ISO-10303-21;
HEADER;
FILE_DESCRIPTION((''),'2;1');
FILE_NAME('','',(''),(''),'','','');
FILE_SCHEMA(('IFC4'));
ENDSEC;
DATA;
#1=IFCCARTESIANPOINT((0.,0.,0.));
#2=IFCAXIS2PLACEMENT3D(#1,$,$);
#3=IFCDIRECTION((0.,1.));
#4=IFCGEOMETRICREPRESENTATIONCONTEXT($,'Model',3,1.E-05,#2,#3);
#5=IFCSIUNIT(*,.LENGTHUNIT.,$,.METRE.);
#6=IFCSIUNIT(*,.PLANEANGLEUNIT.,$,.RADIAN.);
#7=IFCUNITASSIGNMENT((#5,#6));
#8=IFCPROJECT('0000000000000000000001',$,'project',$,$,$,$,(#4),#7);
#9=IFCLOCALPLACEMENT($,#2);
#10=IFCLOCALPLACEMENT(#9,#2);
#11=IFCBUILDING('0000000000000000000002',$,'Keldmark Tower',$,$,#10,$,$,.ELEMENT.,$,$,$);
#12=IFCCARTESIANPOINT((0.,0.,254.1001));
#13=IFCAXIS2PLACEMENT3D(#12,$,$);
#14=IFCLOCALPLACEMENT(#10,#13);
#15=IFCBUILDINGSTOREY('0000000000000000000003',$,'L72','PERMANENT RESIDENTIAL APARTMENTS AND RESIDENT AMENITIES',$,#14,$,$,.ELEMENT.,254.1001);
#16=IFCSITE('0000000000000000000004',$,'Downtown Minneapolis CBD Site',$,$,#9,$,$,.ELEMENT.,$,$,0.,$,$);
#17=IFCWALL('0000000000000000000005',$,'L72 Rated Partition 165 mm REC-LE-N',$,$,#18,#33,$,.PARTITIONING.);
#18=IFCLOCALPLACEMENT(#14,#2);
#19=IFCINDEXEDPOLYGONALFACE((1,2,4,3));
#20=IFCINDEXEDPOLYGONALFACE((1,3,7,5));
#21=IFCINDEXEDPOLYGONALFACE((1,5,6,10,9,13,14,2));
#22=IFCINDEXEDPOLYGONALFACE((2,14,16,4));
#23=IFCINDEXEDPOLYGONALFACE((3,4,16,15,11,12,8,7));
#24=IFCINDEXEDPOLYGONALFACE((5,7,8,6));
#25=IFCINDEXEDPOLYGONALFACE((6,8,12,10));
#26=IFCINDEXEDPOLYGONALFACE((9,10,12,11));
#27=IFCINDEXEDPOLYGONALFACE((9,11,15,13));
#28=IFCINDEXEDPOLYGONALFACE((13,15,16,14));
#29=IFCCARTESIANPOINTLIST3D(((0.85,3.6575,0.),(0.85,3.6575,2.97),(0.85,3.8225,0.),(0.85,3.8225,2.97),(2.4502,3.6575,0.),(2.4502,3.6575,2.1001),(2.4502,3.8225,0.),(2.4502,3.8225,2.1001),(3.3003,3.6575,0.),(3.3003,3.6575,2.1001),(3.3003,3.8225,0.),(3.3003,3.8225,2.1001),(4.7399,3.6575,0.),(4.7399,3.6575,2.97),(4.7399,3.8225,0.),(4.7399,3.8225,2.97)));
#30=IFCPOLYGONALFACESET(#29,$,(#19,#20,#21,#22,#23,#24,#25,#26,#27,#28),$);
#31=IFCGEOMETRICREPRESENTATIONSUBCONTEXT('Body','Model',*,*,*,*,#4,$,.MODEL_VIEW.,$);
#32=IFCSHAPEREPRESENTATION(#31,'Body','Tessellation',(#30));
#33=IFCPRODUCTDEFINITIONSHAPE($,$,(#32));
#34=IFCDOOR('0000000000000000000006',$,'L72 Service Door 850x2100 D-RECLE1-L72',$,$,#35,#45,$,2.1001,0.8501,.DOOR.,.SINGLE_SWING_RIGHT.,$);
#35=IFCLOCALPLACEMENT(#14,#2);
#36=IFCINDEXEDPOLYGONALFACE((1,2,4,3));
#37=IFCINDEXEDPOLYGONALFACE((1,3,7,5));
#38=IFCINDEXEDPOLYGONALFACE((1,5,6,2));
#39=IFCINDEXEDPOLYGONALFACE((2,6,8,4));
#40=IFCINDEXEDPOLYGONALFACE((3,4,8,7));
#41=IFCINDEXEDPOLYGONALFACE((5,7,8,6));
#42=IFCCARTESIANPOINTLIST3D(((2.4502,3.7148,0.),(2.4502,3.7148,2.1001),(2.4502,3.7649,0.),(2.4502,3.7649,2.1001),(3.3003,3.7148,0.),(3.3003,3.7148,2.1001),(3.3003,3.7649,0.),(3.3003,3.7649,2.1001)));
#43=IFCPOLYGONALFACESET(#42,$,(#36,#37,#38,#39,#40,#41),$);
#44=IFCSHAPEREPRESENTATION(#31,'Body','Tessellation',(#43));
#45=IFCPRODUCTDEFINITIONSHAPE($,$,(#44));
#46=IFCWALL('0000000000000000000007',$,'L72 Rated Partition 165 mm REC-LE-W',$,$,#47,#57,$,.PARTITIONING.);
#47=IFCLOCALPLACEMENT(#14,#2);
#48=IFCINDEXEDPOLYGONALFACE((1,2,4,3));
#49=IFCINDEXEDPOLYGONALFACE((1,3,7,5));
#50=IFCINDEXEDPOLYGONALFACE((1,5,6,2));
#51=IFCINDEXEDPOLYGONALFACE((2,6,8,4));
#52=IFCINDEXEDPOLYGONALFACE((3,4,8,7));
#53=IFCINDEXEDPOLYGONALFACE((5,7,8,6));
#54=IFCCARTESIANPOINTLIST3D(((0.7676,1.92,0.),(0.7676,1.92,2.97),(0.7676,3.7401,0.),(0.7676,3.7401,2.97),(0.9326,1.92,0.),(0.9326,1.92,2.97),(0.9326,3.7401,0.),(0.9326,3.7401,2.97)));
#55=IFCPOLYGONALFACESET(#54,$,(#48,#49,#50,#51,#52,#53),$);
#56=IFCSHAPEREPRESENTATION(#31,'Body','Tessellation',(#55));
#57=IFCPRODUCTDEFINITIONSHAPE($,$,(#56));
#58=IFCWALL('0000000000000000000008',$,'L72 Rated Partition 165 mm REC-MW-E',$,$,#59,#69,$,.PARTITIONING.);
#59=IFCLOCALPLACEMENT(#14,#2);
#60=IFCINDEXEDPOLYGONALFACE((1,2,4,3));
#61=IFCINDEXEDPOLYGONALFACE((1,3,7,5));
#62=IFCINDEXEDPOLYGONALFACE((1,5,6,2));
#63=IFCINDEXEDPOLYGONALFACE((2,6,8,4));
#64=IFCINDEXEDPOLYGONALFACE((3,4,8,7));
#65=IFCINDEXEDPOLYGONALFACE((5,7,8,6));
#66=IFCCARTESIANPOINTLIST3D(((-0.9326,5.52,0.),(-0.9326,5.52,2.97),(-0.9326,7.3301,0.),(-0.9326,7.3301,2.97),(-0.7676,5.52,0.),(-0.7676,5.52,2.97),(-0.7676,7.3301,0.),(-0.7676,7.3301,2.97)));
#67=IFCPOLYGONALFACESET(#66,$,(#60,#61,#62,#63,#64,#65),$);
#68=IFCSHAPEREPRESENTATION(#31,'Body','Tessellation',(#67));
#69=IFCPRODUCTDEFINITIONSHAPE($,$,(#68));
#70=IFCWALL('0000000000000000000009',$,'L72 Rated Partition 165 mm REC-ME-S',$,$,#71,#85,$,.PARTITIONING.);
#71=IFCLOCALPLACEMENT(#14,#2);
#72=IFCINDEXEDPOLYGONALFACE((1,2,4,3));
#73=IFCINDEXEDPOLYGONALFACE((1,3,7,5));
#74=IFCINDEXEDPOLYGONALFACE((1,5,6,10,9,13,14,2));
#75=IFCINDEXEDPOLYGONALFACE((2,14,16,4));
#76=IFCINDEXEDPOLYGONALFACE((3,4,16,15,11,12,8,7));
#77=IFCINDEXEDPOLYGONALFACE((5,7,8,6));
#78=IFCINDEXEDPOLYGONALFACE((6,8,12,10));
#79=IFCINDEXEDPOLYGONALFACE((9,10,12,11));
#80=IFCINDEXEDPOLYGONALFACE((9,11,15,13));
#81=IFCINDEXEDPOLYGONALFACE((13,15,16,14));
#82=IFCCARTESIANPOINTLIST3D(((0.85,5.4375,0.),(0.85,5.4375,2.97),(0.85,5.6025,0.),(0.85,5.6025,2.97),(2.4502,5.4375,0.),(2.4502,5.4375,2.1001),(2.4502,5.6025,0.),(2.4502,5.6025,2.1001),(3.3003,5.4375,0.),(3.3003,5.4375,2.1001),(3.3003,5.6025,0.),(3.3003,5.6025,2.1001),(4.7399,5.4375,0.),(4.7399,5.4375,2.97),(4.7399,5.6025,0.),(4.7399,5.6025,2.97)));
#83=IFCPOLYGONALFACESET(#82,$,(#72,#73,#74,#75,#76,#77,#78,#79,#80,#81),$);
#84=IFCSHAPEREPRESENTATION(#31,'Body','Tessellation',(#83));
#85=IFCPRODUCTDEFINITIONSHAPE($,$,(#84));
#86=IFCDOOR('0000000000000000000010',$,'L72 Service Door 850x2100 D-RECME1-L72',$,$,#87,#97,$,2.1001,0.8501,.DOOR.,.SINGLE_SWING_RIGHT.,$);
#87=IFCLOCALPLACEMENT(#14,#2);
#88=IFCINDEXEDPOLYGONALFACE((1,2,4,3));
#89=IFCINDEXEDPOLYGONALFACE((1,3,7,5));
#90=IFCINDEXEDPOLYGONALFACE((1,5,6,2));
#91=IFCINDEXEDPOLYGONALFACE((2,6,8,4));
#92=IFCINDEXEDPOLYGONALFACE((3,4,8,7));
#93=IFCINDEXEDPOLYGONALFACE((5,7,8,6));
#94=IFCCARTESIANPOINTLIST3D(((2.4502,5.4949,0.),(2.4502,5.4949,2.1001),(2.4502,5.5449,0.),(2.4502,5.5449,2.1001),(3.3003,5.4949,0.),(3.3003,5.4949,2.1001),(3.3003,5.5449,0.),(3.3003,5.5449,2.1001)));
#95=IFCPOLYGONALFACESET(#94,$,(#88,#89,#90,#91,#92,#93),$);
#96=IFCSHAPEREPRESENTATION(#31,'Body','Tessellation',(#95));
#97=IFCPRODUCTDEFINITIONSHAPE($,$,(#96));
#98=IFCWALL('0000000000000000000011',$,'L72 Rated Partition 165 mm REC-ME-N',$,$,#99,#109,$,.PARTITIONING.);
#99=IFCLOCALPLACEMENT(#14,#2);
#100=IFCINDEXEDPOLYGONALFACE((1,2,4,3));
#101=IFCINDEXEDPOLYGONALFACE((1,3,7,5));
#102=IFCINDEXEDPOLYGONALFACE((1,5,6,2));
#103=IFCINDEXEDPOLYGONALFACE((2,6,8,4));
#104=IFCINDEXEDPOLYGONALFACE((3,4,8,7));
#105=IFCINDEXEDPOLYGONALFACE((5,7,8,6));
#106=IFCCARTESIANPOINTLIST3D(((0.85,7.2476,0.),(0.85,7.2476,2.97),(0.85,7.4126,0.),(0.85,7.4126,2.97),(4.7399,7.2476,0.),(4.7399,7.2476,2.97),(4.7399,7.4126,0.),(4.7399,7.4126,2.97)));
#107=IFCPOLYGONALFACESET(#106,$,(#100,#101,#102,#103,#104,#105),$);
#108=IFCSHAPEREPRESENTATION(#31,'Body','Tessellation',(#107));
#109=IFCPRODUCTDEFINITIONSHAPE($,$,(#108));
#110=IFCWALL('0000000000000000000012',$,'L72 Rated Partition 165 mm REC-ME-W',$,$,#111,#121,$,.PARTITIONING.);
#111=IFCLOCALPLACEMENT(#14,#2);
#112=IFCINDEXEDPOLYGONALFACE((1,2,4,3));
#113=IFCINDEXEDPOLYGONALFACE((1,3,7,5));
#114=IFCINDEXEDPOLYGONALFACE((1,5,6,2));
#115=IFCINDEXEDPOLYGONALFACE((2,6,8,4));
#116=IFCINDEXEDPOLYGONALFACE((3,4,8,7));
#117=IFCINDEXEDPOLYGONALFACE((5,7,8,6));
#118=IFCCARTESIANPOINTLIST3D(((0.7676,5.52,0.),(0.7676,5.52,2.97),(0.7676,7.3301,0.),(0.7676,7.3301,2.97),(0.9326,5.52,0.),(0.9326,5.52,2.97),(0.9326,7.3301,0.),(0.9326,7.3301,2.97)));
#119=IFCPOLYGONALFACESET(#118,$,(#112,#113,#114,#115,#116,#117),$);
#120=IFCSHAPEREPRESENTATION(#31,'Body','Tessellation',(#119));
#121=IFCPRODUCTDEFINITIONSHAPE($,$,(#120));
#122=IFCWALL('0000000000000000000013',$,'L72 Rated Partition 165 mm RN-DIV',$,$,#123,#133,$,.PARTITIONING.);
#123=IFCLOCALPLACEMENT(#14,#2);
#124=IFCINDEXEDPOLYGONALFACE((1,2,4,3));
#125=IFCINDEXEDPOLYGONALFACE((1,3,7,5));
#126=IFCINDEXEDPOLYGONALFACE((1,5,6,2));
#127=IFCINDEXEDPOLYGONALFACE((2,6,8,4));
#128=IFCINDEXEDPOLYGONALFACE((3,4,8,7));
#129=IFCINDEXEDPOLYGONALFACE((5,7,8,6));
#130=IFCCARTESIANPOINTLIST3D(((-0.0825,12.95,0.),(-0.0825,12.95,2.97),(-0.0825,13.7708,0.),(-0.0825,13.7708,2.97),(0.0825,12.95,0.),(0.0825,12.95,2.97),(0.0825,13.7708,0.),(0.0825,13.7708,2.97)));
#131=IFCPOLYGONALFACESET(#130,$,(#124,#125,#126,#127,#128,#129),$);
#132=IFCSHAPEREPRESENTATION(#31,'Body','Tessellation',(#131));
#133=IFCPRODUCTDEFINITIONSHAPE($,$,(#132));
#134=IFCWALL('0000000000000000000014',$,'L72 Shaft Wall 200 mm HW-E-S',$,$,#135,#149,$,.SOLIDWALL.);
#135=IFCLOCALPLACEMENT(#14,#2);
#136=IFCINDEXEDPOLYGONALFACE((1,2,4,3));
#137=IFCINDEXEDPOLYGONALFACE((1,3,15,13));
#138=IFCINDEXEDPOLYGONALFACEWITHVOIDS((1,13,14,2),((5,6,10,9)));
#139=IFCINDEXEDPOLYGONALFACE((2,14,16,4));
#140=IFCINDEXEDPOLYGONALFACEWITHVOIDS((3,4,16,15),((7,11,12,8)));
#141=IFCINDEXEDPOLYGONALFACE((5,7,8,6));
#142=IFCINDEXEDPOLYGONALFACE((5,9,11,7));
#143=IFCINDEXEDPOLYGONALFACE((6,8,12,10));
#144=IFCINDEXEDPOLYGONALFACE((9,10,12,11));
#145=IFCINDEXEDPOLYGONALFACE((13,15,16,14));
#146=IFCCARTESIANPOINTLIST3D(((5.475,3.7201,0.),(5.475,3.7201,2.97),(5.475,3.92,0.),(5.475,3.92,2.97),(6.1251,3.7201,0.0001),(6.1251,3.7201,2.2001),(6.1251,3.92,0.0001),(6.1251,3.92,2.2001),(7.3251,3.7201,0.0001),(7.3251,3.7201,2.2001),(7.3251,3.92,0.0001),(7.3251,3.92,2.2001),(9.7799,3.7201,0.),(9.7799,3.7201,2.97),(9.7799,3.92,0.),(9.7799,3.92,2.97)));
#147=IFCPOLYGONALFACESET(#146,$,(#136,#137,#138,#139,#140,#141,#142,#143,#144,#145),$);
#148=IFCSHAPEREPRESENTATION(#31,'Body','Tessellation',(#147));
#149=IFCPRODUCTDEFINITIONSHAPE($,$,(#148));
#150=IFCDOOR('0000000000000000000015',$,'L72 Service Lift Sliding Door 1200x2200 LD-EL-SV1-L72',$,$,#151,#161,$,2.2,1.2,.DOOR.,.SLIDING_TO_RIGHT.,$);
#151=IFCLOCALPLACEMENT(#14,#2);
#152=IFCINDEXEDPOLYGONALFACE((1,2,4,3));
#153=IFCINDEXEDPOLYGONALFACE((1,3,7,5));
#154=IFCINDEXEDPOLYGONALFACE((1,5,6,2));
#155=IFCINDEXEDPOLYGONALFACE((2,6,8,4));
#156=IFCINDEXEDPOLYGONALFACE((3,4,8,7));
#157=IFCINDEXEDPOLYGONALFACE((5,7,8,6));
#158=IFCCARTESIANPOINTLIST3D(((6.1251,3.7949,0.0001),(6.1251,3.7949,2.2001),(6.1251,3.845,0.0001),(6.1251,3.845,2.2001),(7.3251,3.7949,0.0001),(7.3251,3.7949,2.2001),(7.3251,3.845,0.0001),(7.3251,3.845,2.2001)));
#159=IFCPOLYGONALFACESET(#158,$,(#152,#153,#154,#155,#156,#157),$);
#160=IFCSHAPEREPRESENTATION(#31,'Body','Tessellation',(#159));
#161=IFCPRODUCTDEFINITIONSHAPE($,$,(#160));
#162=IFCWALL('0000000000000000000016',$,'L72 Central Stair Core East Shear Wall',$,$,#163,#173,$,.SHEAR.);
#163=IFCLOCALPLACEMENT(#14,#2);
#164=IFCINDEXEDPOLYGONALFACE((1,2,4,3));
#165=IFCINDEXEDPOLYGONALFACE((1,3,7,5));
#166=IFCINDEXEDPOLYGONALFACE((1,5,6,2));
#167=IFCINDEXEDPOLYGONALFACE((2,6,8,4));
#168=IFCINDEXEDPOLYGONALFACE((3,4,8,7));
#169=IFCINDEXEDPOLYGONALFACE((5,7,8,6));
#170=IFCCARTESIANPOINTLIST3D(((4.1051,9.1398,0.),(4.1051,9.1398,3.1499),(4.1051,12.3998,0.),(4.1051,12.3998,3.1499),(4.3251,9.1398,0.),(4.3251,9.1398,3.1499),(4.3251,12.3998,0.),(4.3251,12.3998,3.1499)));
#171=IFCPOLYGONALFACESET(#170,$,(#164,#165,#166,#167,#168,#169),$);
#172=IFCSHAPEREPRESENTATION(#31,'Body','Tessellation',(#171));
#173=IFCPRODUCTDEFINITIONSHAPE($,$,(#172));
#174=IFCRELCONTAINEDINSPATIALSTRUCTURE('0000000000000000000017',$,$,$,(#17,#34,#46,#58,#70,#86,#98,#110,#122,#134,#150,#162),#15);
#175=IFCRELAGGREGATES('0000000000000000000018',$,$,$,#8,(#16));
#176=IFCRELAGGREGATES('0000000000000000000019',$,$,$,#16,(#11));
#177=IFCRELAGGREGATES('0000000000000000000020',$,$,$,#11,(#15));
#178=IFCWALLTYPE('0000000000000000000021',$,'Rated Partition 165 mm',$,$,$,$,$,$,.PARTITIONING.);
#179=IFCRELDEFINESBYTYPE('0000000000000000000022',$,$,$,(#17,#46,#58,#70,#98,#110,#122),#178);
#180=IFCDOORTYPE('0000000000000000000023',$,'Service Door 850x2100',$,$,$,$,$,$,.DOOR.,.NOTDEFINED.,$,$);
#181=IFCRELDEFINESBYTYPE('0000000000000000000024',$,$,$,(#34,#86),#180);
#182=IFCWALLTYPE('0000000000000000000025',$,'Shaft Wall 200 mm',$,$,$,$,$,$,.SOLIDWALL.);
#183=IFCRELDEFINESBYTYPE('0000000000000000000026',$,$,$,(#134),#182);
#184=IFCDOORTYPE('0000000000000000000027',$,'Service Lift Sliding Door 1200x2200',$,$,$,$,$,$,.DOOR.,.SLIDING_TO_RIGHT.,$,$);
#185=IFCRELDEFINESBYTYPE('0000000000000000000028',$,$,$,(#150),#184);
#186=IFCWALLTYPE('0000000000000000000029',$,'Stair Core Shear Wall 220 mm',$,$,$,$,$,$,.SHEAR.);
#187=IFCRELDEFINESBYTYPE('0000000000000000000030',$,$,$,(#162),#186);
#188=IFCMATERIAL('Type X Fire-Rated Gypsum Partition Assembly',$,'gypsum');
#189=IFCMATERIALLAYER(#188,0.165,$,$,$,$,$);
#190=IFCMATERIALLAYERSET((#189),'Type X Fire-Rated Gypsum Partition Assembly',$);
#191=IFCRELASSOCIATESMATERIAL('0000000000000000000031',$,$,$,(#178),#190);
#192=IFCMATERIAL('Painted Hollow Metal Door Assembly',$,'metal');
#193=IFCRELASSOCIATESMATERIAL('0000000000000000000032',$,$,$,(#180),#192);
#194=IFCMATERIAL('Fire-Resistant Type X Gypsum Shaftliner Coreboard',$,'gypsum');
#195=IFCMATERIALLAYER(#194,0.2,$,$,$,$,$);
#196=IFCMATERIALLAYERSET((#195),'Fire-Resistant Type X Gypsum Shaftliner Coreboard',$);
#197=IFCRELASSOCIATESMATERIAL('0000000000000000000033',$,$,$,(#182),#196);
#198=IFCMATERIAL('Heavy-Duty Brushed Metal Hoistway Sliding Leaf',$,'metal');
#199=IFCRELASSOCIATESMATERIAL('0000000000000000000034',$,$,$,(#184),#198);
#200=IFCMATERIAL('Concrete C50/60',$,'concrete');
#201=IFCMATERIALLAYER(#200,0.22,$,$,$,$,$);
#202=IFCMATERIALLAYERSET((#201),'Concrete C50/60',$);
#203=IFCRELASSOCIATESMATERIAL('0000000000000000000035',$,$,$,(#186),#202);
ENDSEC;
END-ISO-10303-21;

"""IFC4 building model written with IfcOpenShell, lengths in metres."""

from ifc_helpers import new_model, si_unit, direction, frame, frame_2d, origin, place, context, subcontext, project, spatial, rectangle, extrude, material, layer, layer_set, type_object, element, fill, save


model = new_model("IFC4")

# Units and contexts
model_context = context("Model", 3, precision=1e-05, world=origin(), true_north=direction((0.0, 1.0)))
body_context = subcontext(model_context, "Body", "Model", "MODEL_VIEW")
ifc_project = project(units=[si_unit("LENGTHUNIT", "METRE"), si_unit("PLANEANGLEUNIT", "RADIAN")], contexts=[model_context])

# Site, building, storey
site_placement = place(None, origin())
site = spatial("IfcSite", under=ifc_project, at=site_placement, Name="Downtown Minneapolis CBD Site", CompositionType="ELEMENT", RefElevation=0.0)
building_placement = place(site_placement, origin())
building = spatial("IfcBuilding", under=site, at=building_placement, Name="Keldmark Tower", CompositionType="ELEMENT")
storey_placement = place(building_placement, frame((0.0, 0.0, 254.1001)))
storey = spatial("IfcBuildingStorey", under=building, at=storey_placement, Name="L72", Description="PERMANENT RESIDENTIAL APARTMENTS AND RESIDENT AMENITIES", CompositionType="ELEMENT", Elevation=254.1001)

# Shared definitions
ifc_material_1 = material(Name="Type X Fire-Rated Gypsum Partition Assembly", Category="gypsum")
ifc_layer_1 = layer(ifc_material_1, 0.165)
ifc_layer_set_1 = layer_set([ifc_layer_1], Name="Type X Fire-Rated Gypsum Partition Assembly")
wall_type_1 = type_object("IfcWallType", Name="Rated Partition 165 mm", PredefinedType="PARTITIONING", material=ifc_layer_set_1)

# Wall, opening, door
wall_1_placement = place(storey_placement, frame((0.8501, 3.74, 0.0), z_axis=(0.0, 0.0, 1.0), x_axis=(1.0, 0.0, 0.0)))
wall_1 = element("IfcWall", 1, at=wall_1_placement, inside=storey, type_object=wall_type_1, Name="L72 Rated Partition 165 mm REC-LE-N", PredefinedType="PARTITIONING", context=body_context, shape_type="SweptSolid", body=[
    extrude(rectangle(XDim=3.8899, YDim=0.165, at=frame_2d((1.9448, 0.0))), origin(), (0.0, 0.0, 1.0), 2.97),
])
opening_1_placement = place(wall_1_placement, frame((1.6001, 0.0, 0.0)))
opening_1 = element("IfcOpeningElement", 2, at=opening_1_placement, cuts=wall_1, PredefinedType="OPENING", context=body_context, shape_type="SweptSolid", body=[
    extrude(rectangle(XDim=0.8501, YDim=2.1001, at=frame_2d((0.425, 1.05))), frame((0.0, 0.0925, 0.0), z_axis=(0.0, -1.0, 0.0), x_axis=(1.0, 0.0, 0.0)), (0.0, 0.0, 1.0), 0.1851),
])
ifc_material_2 = material(Name="Painted Hollow Metal Door Assembly", Category="metal")
door_type_1 = type_object("IfcDoorType", Name="Service Door 850x2100", OperationType="NOTDEFINED", PredefinedType="DOOR", material=ifc_material_2)
door_1_placement = place(opening_1_placement, origin())
door_1 = element("IfcDoor", 3, at=door_1_placement, inside=storey, type_object=door_type_1, Name="L72 Service Door 850x2100 D-RECLE1-L72", OperationType="SINGLE_SWING_RIGHT", OverallHeight=2.1001, OverallWidth=0.8501, PredefinedType="DOOR", context=body_context, shape_type="SweptSolid", body=[
    extrude(rectangle(XDim=0.8501, YDim=2.1001, at=frame_2d((0.425, 1.05))), frame((0.0, 0.0249, 0.0), z_axis=(0.0, -1.0, 0.0), x_axis=(1.0, 0.0, 0.0)), (0.0, 0.0, 1.0), 0.05),
])
fill(opening_1, door_1)

# Walls
wall_2_placement = place(storey_placement, frame((0.8501, 1.9199, 0.0), z_axis=(0.0, 0.0, 1.0), x_axis=(0.0, 1.0, 0.0)))
element("IfcWall", 4, at=wall_2_placement, inside=storey, type_object=wall_type_1, Name="L72 Rated Partition 165 mm REC-LE-W", PredefinedType="PARTITIONING", context=body_context, shape_type="SweptSolid", body=[
    extrude(rectangle(XDim=1.8201, YDim=0.165, at=frame_2d((0.9102, 0.0))), origin(), (0.0, 0.0, 1.0), 2.97),
])
wall_3_placement = place(storey_placement, frame((-0.8501, 5.52, 0.0), z_axis=(0.0, 0.0, 1.0), x_axis=(0.0, 1.0, 0.0)))
element("IfcWall", 5, at=wall_3_placement, inside=storey, type_object=wall_type_1, Name="L72 Rated Partition 165 mm REC-MW-E", PredefinedType="PARTITIONING", context=body_context, shape_type="SweptSolid", body=[
    extrude(rectangle(XDim=1.8101, YDim=0.165, at=frame_2d((0.905, 0.0))), origin(), (0.0, 0.0, 1.0), 2.97),
])

# Wall, opening, door
wall_4_placement = place(storey_placement, frame((0.8501, 5.52, 0.0), z_axis=(0.0, 0.0, 1.0), x_axis=(1.0, 0.0, 0.0)))
wall_4 = element("IfcWall", 6, at=wall_4_placement, inside=storey, type_object=wall_type_1, Name="L72 Rated Partition 165 mm REC-ME-S", PredefinedType="PARTITIONING", context=body_context, shape_type="SweptSolid", body=[
    extrude(rectangle(XDim=3.8899, YDim=0.165, at=frame_2d((1.9448, 0.0))), origin(), (0.0, 0.0, 1.0), 2.97),
])
opening_2_placement = place(wall_4_placement, frame((1.6001, 0.0, 0.0)))
opening_2 = element("IfcOpeningElement", 7, at=opening_2_placement, cuts=wall_4, PredefinedType="OPENING", context=body_context, shape_type="SweptSolid", body=[
    extrude(rectangle(XDim=0.8501, YDim=2.1001, at=frame_2d((0.425, 1.05))), frame((0.0, 0.0925, 0.0), z_axis=(0.0, -1.0, 0.0), x_axis=(1.0, 0.0, 0.0)), (0.0, 0.0, 1.0), 0.1851),
])
door_2_placement = place(opening_2_placement, origin())
door_2 = element("IfcDoor", 8, at=door_2_placement, inside=storey, type_object=door_type_1, Name="L72 Service Door 850x2100 D-RECME1-L72", OperationType="SINGLE_SWING_RIGHT", OverallHeight=2.1001, OverallWidth=0.8501, PredefinedType="DOOR", context=body_context, shape_type="SweptSolid", body=[
    extrude(rectangle(XDim=0.8501, YDim=2.1001, at=frame_2d((0.425, 1.05))), frame((0.0, 0.0249, 0.0), z_axis=(0.0, -1.0, 0.0), x_axis=(1.0, 0.0, 0.0)), (0.0, 0.0, 1.0), 0.05),
])
fill(opening_2, door_2)

# Walls
wall_5_placement = place(storey_placement, frame((0.8501, 7.3301, 0.0), z_axis=(0.0, 0.0, 1.0), x_axis=(1.0, 0.0, 0.0)))
element("IfcWall", 9, at=wall_5_placement, inside=storey, type_object=wall_type_1, Name="L72 Rated Partition 165 mm REC-ME-N", PredefinedType="PARTITIONING", context=body_context, shape_type="SweptSolid", body=[
    extrude(rectangle(XDim=3.8899, YDim=0.165, at=frame_2d((1.9448, 0.0))), origin(), (0.0, 0.0, 1.0), 2.97),
])
wall_6_placement = place(storey_placement, frame((0.8501, 5.52, 0.0), z_axis=(0.0, 0.0, 1.0), x_axis=(0.0, 1.0, 0.0)))
element("IfcWall", 10, at=wall_6_placement, inside=storey, type_object=wall_type_1, Name="L72 Rated Partition 165 mm REC-ME-W", PredefinedType="PARTITIONING", context=body_context, shape_type="SweptSolid", body=[
    extrude(rectangle(XDim=1.8101, YDim=0.165, at=frame_2d((0.905, 0.0))), origin(), (0.0, 0.0, 1.0), 2.97),
])
wall_7_placement = place(storey_placement, frame((0.0, 12.95, 0.0), z_axis=(0.0, 0.0, 1.0), x_axis=(0.0, 1.0, 0.0)))
element("IfcWall", 11, at=wall_7_placement, inside=storey, type_object=wall_type_1, Name="L72 Rated Partition 165 mm RN-DIV", PredefinedType="PARTITIONING", context=body_context, shape_type="SweptSolid", body=[
    extrude(rectangle(XDim=0.8208, YDim=0.165, at=frame_2d((0.4104, 0.0))), origin(), (0.0, 0.0, 1.0), 2.97),
])

# Wall, opening, door
ifc_material_3 = material(Name="Fire-Resistant Type X Gypsum Shaftliner Coreboard", Category="gypsum")
ifc_layer_2 = layer(ifc_material_3, 0.2)
ifc_layer_set_2 = layer_set([ifc_layer_2], Name="Fire-Resistant Type X Gypsum Shaftliner Coreboard")
wall_type_2 = type_object("IfcWallType", Name="Shaft Wall 200 mm", PredefinedType="SOLIDWALL", material=ifc_layer_set_2)
wall_8_placement = place(storey_placement, frame((5.4751, 3.8201, 0.0), z_axis=(0.0, 0.0, 1.0), x_axis=(1.0, 0.0, 0.0)))
wall_8 = element("IfcWall", 12, at=wall_8_placement, inside=storey, type_object=wall_type_2, Name="L72 Shaft Wall 200 mm HW-E-S", PredefinedType="SOLIDWALL", context=body_context, shape_type="SweptSolid", body=[
    extrude(rectangle(XDim=4.3049, YDim=0.2, at=frame_2d((2.1523, 0.0))), origin(), (0.0, 0.0, 1.0), 2.97),
])
opening_3_placement = place(wall_8_placement, frame((0.6499, 0.0, 0.0)))
opening_3 = element("IfcOpeningElement", 13, at=opening_3_placement, cuts=wall_8, PredefinedType="OPENING", context=body_context, shape_type="SweptSolid", body=[
    extrude(rectangle(XDim=1.2, YDim=2.2, at=frame_2d((0.6001, 1.1001))), frame((0.0, 0.1099, 0.0), z_axis=(0.0, -1.0, 0.0), x_axis=(1.0, 0.0, 0.0)), (0.0, 0.0, 1.0), 0.22),
])
ifc_material_4 = material(Name="Heavy-Duty Brushed Metal Hoistway Sliding Leaf", Category="metal")
door_type_2 = type_object("IfcDoorType", Name="Service Lift Sliding Door 1200x2200", OperationType="SLIDING_TO_RIGHT", PredefinedType="DOOR", material=ifc_material_4)
door_3_placement = place(opening_3_placement, origin())
door_3 = element("IfcDoor", 14, at=door_3_placement, inside=storey, type_object=door_type_2, Name="L72 Service Lift Sliding Door 1200x2200 LD-EL-SV1-L72", OperationType="SLIDING_TO_RIGHT", OverallHeight=2.2, OverallWidth=1.2, PredefinedType="DOOR", context=body_context, shape_type="SweptSolid", body=[
    extrude(rectangle(XDim=1.2, YDim=2.2, at=frame_2d((0.6001, 1.1001))), frame((0.0, 0.0249, 0.0), z_axis=(0.0, -1.0, 0.0), x_axis=(1.0, 0.0, 0.0)), (0.0, 0.0, 1.0), 0.05),
])
fill(opening_3, door_3)

# Wall
ifc_material_5 = material(Name="Concrete C50/60", Category="concrete")
ifc_layer_3 = layer(ifc_material_5, 0.22)
ifc_layer_set_3 = layer_set([ifc_layer_3], Name="Concrete C50/60")
wall_type_3 = type_object("IfcWallType", Name="Stair Core Shear Wall 220 mm", PredefinedType="SHEAR", material=ifc_layer_set_3)
wall_9_placement = place(storey_placement, frame((4.2151, 9.1399, 0.0), z_axis=(0.0, 0.0, 1.0), x_axis=(0.0, 1.0, 0.0)))
element("IfcWall", 15, at=wall_9_placement, inside=storey, type_object=wall_type_3, Name="L72 Central Stair Core East Shear Wall", PredefinedType="SHEAR", context=body_context, shape_type="SweptSolid", body=[
    extrude(rectangle(XDim=3.26, YDim=0.22, at=frame_2d((1.6299, 0.0))), origin(), (0.0, 0.0, 1.0), 3.1499),
])

save(model, "model.ifc")
